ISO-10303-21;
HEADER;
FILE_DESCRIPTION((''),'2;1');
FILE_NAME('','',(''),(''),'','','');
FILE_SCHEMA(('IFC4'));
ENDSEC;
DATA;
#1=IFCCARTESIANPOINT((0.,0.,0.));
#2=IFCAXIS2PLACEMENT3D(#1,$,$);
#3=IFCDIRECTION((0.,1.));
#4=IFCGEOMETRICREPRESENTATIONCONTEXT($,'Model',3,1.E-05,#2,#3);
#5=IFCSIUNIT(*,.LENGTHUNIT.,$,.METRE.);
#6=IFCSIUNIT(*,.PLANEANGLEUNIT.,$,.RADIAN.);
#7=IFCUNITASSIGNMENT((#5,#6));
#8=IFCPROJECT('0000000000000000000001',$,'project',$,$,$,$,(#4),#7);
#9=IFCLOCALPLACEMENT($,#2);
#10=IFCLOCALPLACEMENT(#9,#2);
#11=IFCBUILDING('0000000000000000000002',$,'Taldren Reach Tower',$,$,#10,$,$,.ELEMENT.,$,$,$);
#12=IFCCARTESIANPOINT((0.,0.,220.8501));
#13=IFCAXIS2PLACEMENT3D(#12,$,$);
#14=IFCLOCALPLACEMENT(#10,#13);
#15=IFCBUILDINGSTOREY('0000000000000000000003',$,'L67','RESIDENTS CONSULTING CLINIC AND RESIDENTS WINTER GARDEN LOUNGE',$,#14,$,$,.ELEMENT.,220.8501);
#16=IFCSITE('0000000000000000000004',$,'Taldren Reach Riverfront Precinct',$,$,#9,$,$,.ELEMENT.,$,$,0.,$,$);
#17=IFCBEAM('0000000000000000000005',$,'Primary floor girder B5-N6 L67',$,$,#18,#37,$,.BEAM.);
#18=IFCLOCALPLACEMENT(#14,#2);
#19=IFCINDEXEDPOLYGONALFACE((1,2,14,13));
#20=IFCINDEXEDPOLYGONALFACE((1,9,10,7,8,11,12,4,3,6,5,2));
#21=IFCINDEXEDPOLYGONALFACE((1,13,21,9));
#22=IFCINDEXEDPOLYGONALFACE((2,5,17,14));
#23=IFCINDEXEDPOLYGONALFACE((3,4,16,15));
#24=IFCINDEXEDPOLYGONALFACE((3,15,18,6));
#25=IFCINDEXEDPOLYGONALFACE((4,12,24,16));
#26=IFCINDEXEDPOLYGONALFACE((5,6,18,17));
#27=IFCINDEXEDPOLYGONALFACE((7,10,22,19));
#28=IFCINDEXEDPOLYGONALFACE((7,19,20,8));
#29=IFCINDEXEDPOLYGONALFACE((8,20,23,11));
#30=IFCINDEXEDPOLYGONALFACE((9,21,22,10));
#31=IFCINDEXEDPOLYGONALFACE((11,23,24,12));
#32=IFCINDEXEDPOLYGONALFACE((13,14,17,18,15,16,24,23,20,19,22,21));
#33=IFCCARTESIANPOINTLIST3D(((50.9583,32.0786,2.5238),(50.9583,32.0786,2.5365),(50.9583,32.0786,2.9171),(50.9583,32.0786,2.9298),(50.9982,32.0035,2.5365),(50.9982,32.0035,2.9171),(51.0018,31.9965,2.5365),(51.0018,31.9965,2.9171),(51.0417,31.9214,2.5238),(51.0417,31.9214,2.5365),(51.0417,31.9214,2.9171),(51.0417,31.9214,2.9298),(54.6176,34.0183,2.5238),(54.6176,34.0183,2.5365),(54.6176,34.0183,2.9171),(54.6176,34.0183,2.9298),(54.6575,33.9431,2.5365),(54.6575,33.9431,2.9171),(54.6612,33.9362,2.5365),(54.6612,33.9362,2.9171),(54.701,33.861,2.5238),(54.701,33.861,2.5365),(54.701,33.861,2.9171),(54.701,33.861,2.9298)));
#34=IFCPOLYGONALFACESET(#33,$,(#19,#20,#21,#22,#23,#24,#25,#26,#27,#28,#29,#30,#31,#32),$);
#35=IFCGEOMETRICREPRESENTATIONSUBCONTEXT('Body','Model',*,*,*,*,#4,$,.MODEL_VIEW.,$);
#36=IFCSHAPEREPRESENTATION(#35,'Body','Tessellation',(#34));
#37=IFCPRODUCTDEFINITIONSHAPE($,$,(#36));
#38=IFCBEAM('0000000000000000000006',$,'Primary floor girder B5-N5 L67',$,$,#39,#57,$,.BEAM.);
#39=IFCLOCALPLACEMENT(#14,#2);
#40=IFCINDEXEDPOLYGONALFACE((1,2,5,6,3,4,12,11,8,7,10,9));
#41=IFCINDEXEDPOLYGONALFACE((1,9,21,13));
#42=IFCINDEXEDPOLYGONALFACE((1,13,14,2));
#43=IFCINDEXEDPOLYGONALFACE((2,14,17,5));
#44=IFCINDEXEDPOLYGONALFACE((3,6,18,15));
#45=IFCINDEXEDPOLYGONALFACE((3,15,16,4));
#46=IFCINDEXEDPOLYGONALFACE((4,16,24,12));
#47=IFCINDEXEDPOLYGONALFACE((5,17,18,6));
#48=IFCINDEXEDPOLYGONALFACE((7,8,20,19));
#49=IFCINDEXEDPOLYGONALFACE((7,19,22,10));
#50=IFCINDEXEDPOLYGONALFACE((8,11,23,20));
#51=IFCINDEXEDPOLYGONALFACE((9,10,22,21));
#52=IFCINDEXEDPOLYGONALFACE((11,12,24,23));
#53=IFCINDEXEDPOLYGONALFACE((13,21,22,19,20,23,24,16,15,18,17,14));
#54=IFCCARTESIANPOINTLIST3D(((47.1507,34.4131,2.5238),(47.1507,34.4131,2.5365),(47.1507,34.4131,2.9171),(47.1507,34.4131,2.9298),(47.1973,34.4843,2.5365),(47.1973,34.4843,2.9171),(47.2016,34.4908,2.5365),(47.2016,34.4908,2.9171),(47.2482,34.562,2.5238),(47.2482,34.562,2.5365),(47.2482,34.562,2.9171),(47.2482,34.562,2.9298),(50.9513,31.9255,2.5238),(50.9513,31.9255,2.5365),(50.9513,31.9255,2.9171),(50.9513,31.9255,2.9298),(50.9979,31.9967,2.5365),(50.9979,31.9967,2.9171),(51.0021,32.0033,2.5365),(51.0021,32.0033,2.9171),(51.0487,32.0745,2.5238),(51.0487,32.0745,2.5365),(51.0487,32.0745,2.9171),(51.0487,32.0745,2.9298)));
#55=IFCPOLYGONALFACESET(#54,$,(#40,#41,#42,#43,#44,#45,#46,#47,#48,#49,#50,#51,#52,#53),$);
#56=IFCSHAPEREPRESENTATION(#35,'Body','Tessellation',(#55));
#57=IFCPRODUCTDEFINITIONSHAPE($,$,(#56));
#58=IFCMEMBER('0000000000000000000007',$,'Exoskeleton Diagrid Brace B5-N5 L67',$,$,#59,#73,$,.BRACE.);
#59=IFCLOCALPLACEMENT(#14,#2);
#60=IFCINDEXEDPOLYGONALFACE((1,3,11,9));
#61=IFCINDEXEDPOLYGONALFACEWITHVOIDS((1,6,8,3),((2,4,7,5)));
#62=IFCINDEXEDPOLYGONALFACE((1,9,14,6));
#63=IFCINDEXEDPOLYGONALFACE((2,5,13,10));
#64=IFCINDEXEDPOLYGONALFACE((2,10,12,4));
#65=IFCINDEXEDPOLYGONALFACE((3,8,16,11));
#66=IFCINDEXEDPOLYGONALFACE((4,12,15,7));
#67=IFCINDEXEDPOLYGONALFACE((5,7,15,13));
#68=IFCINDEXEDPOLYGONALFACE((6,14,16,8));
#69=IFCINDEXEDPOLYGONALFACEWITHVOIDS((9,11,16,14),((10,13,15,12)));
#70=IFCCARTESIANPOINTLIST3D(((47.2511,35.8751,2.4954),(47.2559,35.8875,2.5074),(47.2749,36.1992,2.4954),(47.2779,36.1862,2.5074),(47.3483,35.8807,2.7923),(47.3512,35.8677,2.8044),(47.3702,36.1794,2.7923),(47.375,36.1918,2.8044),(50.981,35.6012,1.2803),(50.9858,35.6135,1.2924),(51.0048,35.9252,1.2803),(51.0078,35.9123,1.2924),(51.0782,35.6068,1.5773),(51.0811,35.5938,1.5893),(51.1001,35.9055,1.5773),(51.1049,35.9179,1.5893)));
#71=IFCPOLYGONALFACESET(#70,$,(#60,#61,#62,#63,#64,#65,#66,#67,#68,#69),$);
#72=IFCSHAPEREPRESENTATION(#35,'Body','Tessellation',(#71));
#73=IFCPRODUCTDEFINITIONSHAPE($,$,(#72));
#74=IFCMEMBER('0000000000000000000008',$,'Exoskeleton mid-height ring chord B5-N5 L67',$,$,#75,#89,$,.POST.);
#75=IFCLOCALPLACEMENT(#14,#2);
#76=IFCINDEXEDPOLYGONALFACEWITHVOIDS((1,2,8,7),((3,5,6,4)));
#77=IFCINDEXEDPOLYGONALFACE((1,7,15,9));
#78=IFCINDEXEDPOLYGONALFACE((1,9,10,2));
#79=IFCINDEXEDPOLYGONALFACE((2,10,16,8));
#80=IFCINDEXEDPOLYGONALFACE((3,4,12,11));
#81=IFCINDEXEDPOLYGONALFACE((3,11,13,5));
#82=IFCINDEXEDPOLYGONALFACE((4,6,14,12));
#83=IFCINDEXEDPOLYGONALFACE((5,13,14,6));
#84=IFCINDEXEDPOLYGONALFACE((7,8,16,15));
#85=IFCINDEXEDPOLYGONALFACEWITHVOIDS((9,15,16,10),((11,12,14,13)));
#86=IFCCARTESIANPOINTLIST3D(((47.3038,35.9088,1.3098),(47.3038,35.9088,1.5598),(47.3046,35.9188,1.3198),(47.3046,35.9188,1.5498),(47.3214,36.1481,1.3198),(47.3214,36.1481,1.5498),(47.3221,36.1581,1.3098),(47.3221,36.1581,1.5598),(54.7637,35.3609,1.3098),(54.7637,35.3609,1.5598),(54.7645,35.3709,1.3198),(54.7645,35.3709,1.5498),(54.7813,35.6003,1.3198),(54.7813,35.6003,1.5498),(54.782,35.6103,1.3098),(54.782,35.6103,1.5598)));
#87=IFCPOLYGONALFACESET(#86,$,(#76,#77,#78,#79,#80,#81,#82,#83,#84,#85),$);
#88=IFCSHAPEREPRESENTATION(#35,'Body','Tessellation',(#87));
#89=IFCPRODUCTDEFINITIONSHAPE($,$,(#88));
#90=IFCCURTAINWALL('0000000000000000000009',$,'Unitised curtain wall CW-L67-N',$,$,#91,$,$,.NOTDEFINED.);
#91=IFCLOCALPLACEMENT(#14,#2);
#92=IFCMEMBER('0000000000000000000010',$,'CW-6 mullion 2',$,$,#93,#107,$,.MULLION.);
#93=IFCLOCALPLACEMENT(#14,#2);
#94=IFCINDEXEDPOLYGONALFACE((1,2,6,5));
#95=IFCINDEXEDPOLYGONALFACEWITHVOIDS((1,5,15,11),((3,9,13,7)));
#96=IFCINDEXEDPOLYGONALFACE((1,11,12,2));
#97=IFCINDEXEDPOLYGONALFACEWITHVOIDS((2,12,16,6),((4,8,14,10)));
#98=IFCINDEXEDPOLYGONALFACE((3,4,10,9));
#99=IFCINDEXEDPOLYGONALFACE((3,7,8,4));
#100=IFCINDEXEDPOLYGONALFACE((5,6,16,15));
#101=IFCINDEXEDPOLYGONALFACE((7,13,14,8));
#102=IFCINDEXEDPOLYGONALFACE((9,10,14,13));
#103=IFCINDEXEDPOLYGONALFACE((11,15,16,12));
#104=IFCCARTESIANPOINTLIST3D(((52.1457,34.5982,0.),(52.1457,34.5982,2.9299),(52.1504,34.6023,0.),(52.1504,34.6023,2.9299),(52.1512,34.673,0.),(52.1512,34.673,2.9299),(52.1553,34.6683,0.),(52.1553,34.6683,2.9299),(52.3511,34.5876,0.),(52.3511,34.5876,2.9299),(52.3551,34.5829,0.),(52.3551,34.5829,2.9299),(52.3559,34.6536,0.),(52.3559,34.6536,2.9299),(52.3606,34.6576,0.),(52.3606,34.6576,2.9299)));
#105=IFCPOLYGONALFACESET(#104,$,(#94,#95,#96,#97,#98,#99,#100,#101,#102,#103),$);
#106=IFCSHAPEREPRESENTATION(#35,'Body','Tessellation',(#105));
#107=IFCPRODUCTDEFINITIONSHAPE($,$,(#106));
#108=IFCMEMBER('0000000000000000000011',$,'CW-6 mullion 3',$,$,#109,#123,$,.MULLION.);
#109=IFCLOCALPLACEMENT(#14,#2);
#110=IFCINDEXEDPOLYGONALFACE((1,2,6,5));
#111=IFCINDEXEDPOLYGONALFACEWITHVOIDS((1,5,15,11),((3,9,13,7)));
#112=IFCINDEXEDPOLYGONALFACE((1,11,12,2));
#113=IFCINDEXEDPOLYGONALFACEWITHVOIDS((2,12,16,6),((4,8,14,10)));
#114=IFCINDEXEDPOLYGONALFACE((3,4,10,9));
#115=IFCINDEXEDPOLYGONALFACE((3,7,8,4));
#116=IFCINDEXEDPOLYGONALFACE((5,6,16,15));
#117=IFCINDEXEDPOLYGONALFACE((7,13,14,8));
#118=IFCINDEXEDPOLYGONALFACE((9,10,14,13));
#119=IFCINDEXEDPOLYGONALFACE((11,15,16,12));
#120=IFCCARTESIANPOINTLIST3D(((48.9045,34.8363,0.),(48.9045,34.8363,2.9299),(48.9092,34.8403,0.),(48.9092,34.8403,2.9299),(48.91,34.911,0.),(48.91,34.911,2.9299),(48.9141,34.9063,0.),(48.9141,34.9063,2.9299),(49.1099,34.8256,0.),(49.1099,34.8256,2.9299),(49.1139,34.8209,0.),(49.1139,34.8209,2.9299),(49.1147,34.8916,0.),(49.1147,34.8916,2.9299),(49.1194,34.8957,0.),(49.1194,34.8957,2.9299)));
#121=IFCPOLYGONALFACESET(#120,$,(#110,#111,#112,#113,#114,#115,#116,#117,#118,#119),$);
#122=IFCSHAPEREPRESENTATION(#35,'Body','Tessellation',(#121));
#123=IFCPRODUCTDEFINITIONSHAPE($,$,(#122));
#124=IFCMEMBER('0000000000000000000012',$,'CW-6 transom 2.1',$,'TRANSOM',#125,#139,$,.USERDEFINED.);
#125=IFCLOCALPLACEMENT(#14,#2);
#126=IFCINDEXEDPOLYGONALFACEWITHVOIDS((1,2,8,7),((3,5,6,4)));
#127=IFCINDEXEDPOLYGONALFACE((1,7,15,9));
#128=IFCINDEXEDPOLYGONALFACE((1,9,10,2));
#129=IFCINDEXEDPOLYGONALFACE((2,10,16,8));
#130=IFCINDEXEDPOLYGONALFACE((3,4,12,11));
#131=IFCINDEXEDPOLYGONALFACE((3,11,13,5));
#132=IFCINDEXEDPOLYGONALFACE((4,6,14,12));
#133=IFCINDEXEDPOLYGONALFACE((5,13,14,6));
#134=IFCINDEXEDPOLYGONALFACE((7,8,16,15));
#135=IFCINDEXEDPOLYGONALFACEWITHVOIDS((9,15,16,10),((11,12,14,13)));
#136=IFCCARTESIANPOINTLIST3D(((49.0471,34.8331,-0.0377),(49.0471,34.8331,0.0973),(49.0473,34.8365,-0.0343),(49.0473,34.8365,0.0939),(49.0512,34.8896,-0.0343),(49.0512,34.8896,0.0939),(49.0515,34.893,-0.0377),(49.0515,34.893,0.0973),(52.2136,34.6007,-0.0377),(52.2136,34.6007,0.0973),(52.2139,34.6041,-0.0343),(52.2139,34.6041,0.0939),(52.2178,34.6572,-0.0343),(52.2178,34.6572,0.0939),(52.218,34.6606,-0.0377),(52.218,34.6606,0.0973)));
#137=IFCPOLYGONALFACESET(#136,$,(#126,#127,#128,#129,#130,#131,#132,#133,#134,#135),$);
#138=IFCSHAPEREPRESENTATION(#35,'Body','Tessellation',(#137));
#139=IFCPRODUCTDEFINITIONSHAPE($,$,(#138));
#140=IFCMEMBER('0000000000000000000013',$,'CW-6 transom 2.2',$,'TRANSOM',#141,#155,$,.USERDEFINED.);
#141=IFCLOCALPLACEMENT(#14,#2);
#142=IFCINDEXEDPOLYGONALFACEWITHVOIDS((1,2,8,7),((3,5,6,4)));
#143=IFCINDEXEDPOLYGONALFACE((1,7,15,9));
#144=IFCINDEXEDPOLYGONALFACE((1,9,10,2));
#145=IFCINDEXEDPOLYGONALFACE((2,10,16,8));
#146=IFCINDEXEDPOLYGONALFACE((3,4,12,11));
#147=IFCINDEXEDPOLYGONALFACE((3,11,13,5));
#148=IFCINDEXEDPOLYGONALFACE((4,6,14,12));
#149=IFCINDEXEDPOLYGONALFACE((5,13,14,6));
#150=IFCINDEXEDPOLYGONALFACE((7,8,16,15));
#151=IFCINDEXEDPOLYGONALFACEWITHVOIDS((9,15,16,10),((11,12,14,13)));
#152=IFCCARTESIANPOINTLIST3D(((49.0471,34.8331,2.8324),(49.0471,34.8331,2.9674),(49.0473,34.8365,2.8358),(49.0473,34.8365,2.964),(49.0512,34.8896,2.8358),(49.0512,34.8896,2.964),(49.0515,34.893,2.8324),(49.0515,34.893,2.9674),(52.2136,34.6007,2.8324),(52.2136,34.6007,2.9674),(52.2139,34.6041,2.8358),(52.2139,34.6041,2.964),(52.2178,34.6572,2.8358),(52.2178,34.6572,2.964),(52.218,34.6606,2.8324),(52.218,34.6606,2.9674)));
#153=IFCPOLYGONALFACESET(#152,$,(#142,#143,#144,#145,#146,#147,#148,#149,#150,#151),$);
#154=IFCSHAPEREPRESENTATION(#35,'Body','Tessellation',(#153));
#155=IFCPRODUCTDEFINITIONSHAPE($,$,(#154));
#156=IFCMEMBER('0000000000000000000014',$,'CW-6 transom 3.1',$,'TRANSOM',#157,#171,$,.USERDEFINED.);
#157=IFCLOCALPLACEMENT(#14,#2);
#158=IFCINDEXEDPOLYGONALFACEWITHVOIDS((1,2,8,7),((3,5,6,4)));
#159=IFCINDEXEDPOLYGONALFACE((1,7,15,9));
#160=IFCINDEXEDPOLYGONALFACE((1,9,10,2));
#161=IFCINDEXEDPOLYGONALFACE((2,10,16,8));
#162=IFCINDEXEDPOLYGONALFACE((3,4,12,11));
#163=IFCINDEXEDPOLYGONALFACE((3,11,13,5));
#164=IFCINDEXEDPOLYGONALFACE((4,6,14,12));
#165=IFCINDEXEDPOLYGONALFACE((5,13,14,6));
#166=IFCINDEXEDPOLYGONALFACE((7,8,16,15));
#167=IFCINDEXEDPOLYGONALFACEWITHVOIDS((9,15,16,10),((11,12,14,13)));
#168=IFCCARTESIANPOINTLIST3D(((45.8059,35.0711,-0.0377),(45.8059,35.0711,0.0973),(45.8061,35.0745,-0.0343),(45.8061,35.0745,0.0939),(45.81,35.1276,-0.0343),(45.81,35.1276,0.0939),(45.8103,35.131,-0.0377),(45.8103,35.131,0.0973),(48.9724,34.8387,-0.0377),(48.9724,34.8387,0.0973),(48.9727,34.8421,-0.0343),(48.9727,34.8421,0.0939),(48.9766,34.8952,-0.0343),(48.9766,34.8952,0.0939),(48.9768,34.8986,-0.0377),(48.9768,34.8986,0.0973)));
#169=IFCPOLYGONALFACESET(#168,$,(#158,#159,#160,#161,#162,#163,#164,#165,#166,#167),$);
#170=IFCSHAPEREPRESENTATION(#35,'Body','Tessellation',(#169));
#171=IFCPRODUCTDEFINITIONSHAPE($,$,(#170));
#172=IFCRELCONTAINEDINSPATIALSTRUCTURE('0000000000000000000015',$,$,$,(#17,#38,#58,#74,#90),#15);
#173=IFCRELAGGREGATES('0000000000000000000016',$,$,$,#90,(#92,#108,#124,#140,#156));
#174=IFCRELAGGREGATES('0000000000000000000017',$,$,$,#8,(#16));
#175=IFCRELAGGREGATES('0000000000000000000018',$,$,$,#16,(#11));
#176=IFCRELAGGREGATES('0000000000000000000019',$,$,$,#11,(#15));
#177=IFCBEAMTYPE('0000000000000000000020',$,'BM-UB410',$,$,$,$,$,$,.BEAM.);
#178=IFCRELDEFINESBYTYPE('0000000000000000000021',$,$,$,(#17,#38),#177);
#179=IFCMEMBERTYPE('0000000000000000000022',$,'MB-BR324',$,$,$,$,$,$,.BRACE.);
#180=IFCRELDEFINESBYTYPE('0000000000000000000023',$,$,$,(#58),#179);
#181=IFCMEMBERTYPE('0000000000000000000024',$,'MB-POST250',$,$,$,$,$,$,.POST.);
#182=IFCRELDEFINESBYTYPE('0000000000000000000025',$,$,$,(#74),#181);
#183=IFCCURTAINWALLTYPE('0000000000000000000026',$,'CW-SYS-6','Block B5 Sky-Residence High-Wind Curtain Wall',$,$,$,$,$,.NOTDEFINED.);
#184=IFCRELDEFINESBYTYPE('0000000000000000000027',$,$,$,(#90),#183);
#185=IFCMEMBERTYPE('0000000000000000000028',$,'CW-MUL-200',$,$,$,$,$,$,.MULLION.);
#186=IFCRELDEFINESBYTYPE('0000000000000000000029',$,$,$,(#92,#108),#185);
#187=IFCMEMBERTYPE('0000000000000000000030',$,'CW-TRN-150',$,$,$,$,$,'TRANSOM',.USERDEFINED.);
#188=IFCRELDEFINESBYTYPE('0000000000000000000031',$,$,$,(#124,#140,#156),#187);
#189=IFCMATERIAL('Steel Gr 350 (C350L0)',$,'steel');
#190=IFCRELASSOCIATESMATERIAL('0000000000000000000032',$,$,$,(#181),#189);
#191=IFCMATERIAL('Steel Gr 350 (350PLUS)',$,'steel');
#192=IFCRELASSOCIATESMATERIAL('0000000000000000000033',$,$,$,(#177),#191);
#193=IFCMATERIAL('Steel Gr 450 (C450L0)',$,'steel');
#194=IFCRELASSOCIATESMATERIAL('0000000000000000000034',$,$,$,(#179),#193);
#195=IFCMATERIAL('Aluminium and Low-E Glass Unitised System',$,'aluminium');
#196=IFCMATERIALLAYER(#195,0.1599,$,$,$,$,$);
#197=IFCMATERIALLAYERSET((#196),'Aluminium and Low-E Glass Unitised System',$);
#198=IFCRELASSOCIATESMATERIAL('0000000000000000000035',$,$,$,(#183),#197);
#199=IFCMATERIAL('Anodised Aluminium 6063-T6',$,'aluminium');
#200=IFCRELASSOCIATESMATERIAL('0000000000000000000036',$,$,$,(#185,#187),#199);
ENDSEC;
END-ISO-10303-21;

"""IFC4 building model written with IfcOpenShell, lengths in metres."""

from ifc_helpers import new_model, si_unit, direction, frame, origin, origin_2d, place, context, subcontext, project, spatial, hollow_rectangle, i_section, extrude, source, transform, mapped, material, layer, layer_set, material_profile, profile_set, type_object, element, aggregate, save


model = new_model("IFC4")

# Units and contexts
model_context = context("Model", 3, precision=1e-05, world=origin(), true_north=direction((0.0, 1.0)))
body_context = subcontext(model_context, "Body", "Model", "MODEL_VIEW")
ifc_project = project(units=[si_unit("LENGTHUNIT", "METRE"), si_unit("PLANEANGLEUNIT", "RADIAN")], contexts=[model_context])

# Site, building, storey
site_placement = place(None, origin())
site = spatial("IfcSite", under=ifc_project, at=site_placement, Name="Taldren Reach Riverfront Precinct", CompositionType="ELEMENT", RefElevation=0.0)
building_placement = place(site_placement, origin())
building = spatial("IfcBuilding", under=site, at=building_placement, Name="Taldren Reach Tower", CompositionType="ELEMENT")
storey_placement = place(building_placement, frame((0.0, 0.0, 220.8501)))
storey = spatial("IfcBuildingStorey", under=building, at=storey_placement, Name="L67", Description="RESIDENTS CONSULTING CLINIC AND RESIDENTS WINTER GARDEN LOUNGE", CompositionType="ELEMENT", Elevation=220.8501)

# Shared definitions
ifc_material_1 = material(Name="Steel Gr 450 (C450L0)", Category="steel")
ifc_material_2 = material(Name="Steel Gr 350 (350PLUS)", Category="steel")

# Shared definitions
ifc_material_3 = material(Name="Steel Gr 350 (C350L0)", Category="steel")
ifc_material_profile_1 = material_profile(ifc_material_3, hollow_rectangle(XDim=0.25, YDim=0.25, WallThickness=0.01, at=origin_2d()), Name="250x250x10.0SHS")
ifc_profile_set_1 = profile_set([ifc_material_profile_1], Name="Steel Gr 350 (C350L0)")
member_type_1 = type_object("IfcMemberType", Name="MB-POST250", PredefinedType="POST", material=ifc_profile_set_1)

# Beams
ifc_material_profile_2 = material_profile(ifc_material_2, i_section(OverallWidth=0.178, OverallDepth=0.406, WebThickness=0.0078, FlangeThickness=0.0127, at=origin_2d()), Name="410UB59.7")
ifc_profile_set_2 = profile_set([ifc_material_profile_2], Name="Steel Gr 350 (350PLUS)")
beam_type_1 = type_object("IfcBeamType", Name="BM-UB410", PredefinedType="BEAM", material=ifc_profile_set_2)
shared_shape_1 = source(origin(), body_context, "Body", "SweptSolid", [
    extrude(i_section(OverallWidth=0.178, OverallDepth=0.406, WebThickness=0.0078, FlangeThickness=0.0127, at=origin_2d()), origin(), (0.0, 0.0, 1.0), 4.1416),
])
beam_1_placement = place(storey_placement, frame((51.0, 32.0, 2.7268), z_axis=(0.883553, 0.468332, 0.0), x_axis=(-0.468332, 0.883553, 0.0)))
element("IfcBeam", 1, at=beam_1_placement, inside=storey, type_object=beam_type_1, Name="Primary floor girder B5-N6 L67", PredefinedType="BEAM", context=body_context, shape_type="MappedRepresentation", body=[
    mapped(shared_shape_1, transform((0.0, 0.0, 0.0), scale=1.0)),
])
shared_shape_2 = source(origin(), body_context, "Body", "SweptSolid", [
    extrude(i_section(OverallWidth=0.178, OverallDepth=0.406, WebThickness=0.0078, FlangeThickness=0.0127, at=origin_2d()), origin(), (0.0, 0.0, 1.0), 4.5422),
])
beam_2_placement = place(storey_placement, frame((51.0, 32.0, 2.7268), z_axis=(-0.836709, 0.547648, 0.0), x_axis=(-0.547648, -0.836709, 0.0)))
element("IfcBeam", 2, at=beam_2_placement, inside=storey, type_object=beam_type_1, Name="Primary floor girder B5-N5 L67", PredefinedType="BEAM", context=body_context, shape_type="MappedRepresentation", body=[
    mapped(shared_shape_2, transform((0.0, 0.0, 0.0), scale=1.0)),
])

# Members
ifc_material_profile_3 = material_profile(ifc_material_1, hollow_rectangle(XDim=0.325, YDim=0.325, WallThickness=0.0127, at=origin_2d()), Name="325x325x12.7SHS")
ifc_profile_set_3 = profile_set([ifc_material_profile_3], Name="Steel Gr 450 (C450L0)")
member_type_2 = type_object("IfcMemberType", Name="MB-BR324", PredefinedType="BRACE", material=ifc_profile_set_3)
shared_shape_3 = source(origin(), body_context, "Body", "SweptSolid", [
    extrude(hollow_rectangle(XDim=0.325, YDim=0.325, WallThickness=0.0127, at=origin_2d()), origin(), (0.0, 0.0, 1.0), 3.9324),
])
member_1_placement = place(storey_placement, frame((51.043, 35.7595, 1.4348), z_axis=(-0.948511, 0.069658, 0.308989), x_axis=(-0.073242, -0.997314, 0.0)))
element("IfcMember", 3, at=member_1_placement, inside=storey, type_object=member_type_2, Name="Exoskeleton Diagrid Brace B5-N5 L67", PredefinedType="BRACE", context=body_context, shape_type="MappedRepresentation", body=[
    mapped(shared_shape_3, transform((0.0, 0.0, 0.0), scale=1.0)),
])
shared_shape_4 = source(origin(), body_context, "Body", "SweptSolid", [
    extrude(hollow_rectangle(XDim=0.25, YDim=0.25, WallThickness=0.01, at=origin_2d()), origin(), (0.0, 0.0, 1.0), 7.48),
])
member_2_placement = place(storey_placement, frame((47.313, 36.0334, 1.4348), z_axis=(0.997314, -0.073242, 0.0), x_axis=(0.073242, 0.997314, 0.0)))
element("IfcMember", 4, at=member_2_placement, inside=storey, type_object=member_type_1, Name="Exoskeleton mid-height ring chord B5-N5 L67", PredefinedType="POST", context=body_context, shape_type="MappedRepresentation", body=[
    mapped(shared_shape_4, transform((0.0, 0.0, 0.0), scale=1.0)),
])

# Curtain wall, members
ifc_material_4 = material(Name="Aluminium and Low-E Glass Unitised System", Category="aluminium")
ifc_layer_1 = layer(ifc_material_4, 0.1599)
ifc_layer_set_1 = layer_set([ifc_layer_1], Name="Aluminium and Low-E Glass Unitised System")
curtain_wall_type = type_object("IfcCurtainWallType", Name="CW-SYS-6", Description="Block B5 Sky-Residence High-Wind Curtain Wall", PredefinedType="NOTDEFINED", material=ifc_layer_set_1)
curtain_wall_placement = place(storey_placement, origin())
curtain_wall = element("IfcCurtainWall", 5, at=curtain_wall_placement, inside=storey, type_object=curtain_wall_type, Name="Unitised curtain wall CW-L67-N", PredefinedType="NOTDEFINED")
ifc_material_5 = material(Name="Anodised Aluminium 6063-T6", Category="aluminium")
ifc_material_profile_4 = material_profile(ifc_material_5, hollow_rectangle(XDim=0.075, YDim=0.21, WallThickness=0.0044, at=origin_2d()), Name="ALU-210x75x4.5RHS")
ifc_profile_set_4 = profile_set([ifc_material_profile_4], Name="Anodised Aluminium 6063-T6")
member_type_3 = type_object("IfcMemberType", Name="CW-MUL-200", PredefinedType="MULLION", material=ifc_profile_set_4)
shared_shape_5 = source(origin(), body_context, "Body", "SweptSolid", [
    extrude(hollow_rectangle(XDim=0.075, YDim=0.21, WallThickness=0.0044, at=origin_2d()), origin(), (0.0, 0.0, 1.0), 2.9299),
])
member_3_placement = place(storey_placement, frame((52.2532, 34.6279, 0.0), z_axis=(0.0, 0.0, 1.0), x_axis=(-0.073238, -0.997314, 0.0)))
member_3 = element("IfcMember", 6, at=member_3_placement, type_object=member_type_3, Name="CW-6 mullion 2", PredefinedType="MULLION", context=body_context, shape_type="MappedRepresentation", body=[
    mapped(shared_shape_5, transform((0.0, 0.0, 0.0), scale=1.0)),
])
member_4_placement = place(storey_placement, frame((49.012, 34.866, 0.0), z_axis=(0.0, 0.0, 1.0), x_axis=(-0.073238, -0.997314, 0.0)))
member_4 = element("IfcMember", 7, at=member_4_placement, type_object=member_type_3, Name="CW-6 mullion 3", PredefinedType="MULLION", context=body_context, shape_type="MappedRepresentation", body=[
    mapped(shared_shape_5, transform((0.0, 0.0, 0.0), scale=1.0)),
])
ifc_material_profile_5 = material_profile(ifc_material_5, hollow_rectangle(XDim=0.0601, YDim=0.135, WallThickness=0.0034, at=origin_2d()), Name="ALU-135x60x3.5RHS")
ifc_profile_set_5 = profile_set([ifc_material_profile_5], Name="Anodised Aluminium 6063-T6")
member_type_4 = type_object("IfcMemberType", Name="CW-TRN-150", ElementType="TRANSOM", PredefinedType="USERDEFINED", material=ifc_profile_set_5)
shared_shape_6 = source(origin(), body_context, "Body", "SweptSolid", [
    extrude(hollow_rectangle(XDim=0.0601, YDim=0.135, WallThickness=0.0034, at=origin_2d()), origin(), (0.0, 0.0, 1.0), 3.175),
])
member_5_placement = place(storey_placement, frame((52.2158, 34.6306, 0.0298), z_axis=(-0.997317, 0.073203, 0.0), x_axis=(-0.073203, -0.997317, 0.0)))
member_5 = element("IfcMember", 8, at=member_5_placement, type_object=member_type_4, Name="CW-6 transom 2.1", ObjectType="TRANSOM", PredefinedType="USERDEFINED", context=body_context, shape_type="MappedRepresentation", body=[
    mapped(shared_shape_6, transform((0.0, 0.0, 0.0), scale=1.0)),
])
member_6_placement = place(storey_placement, frame((52.2158, 34.6306, 2.8999), z_axis=(-0.997317, 0.073203, 0.0), x_axis=(-0.073203, -0.997317, 0.0)))
member_6 = element("IfcMember", 9, at=member_6_placement, type_object=member_type_4, Name="CW-6 transom 2.2", ObjectType="TRANSOM", PredefinedType="USERDEFINED", context=body_context, shape_type="MappedRepresentation", body=[
    mapped(shared_shape_6, transform((0.0, 0.0, 0.0), scale=1.0)),
])
member_7_placement = place(storey_placement, frame((48.9746, 34.8687, 0.0298), z_axis=(-0.997317, 0.073203, 0.0), x_axis=(-0.073203, -0.997317, 0.0)))
member_7 = element("IfcMember", 10, at=member_7_placement, type_object=member_type_4, Name="CW-6 transom 3.1", ObjectType="TRANSOM", PredefinedType="USERDEFINED", context=body_context, shape_type="MappedRepresentation", body=[
    mapped(shared_shape_6, transform((0.0, 0.0, 0.0), scale=1.0)),
])

aggregate(curtain_wall, [member_3, member_4, member_5, member_6, member_7])

save(model, "model.ifc")
